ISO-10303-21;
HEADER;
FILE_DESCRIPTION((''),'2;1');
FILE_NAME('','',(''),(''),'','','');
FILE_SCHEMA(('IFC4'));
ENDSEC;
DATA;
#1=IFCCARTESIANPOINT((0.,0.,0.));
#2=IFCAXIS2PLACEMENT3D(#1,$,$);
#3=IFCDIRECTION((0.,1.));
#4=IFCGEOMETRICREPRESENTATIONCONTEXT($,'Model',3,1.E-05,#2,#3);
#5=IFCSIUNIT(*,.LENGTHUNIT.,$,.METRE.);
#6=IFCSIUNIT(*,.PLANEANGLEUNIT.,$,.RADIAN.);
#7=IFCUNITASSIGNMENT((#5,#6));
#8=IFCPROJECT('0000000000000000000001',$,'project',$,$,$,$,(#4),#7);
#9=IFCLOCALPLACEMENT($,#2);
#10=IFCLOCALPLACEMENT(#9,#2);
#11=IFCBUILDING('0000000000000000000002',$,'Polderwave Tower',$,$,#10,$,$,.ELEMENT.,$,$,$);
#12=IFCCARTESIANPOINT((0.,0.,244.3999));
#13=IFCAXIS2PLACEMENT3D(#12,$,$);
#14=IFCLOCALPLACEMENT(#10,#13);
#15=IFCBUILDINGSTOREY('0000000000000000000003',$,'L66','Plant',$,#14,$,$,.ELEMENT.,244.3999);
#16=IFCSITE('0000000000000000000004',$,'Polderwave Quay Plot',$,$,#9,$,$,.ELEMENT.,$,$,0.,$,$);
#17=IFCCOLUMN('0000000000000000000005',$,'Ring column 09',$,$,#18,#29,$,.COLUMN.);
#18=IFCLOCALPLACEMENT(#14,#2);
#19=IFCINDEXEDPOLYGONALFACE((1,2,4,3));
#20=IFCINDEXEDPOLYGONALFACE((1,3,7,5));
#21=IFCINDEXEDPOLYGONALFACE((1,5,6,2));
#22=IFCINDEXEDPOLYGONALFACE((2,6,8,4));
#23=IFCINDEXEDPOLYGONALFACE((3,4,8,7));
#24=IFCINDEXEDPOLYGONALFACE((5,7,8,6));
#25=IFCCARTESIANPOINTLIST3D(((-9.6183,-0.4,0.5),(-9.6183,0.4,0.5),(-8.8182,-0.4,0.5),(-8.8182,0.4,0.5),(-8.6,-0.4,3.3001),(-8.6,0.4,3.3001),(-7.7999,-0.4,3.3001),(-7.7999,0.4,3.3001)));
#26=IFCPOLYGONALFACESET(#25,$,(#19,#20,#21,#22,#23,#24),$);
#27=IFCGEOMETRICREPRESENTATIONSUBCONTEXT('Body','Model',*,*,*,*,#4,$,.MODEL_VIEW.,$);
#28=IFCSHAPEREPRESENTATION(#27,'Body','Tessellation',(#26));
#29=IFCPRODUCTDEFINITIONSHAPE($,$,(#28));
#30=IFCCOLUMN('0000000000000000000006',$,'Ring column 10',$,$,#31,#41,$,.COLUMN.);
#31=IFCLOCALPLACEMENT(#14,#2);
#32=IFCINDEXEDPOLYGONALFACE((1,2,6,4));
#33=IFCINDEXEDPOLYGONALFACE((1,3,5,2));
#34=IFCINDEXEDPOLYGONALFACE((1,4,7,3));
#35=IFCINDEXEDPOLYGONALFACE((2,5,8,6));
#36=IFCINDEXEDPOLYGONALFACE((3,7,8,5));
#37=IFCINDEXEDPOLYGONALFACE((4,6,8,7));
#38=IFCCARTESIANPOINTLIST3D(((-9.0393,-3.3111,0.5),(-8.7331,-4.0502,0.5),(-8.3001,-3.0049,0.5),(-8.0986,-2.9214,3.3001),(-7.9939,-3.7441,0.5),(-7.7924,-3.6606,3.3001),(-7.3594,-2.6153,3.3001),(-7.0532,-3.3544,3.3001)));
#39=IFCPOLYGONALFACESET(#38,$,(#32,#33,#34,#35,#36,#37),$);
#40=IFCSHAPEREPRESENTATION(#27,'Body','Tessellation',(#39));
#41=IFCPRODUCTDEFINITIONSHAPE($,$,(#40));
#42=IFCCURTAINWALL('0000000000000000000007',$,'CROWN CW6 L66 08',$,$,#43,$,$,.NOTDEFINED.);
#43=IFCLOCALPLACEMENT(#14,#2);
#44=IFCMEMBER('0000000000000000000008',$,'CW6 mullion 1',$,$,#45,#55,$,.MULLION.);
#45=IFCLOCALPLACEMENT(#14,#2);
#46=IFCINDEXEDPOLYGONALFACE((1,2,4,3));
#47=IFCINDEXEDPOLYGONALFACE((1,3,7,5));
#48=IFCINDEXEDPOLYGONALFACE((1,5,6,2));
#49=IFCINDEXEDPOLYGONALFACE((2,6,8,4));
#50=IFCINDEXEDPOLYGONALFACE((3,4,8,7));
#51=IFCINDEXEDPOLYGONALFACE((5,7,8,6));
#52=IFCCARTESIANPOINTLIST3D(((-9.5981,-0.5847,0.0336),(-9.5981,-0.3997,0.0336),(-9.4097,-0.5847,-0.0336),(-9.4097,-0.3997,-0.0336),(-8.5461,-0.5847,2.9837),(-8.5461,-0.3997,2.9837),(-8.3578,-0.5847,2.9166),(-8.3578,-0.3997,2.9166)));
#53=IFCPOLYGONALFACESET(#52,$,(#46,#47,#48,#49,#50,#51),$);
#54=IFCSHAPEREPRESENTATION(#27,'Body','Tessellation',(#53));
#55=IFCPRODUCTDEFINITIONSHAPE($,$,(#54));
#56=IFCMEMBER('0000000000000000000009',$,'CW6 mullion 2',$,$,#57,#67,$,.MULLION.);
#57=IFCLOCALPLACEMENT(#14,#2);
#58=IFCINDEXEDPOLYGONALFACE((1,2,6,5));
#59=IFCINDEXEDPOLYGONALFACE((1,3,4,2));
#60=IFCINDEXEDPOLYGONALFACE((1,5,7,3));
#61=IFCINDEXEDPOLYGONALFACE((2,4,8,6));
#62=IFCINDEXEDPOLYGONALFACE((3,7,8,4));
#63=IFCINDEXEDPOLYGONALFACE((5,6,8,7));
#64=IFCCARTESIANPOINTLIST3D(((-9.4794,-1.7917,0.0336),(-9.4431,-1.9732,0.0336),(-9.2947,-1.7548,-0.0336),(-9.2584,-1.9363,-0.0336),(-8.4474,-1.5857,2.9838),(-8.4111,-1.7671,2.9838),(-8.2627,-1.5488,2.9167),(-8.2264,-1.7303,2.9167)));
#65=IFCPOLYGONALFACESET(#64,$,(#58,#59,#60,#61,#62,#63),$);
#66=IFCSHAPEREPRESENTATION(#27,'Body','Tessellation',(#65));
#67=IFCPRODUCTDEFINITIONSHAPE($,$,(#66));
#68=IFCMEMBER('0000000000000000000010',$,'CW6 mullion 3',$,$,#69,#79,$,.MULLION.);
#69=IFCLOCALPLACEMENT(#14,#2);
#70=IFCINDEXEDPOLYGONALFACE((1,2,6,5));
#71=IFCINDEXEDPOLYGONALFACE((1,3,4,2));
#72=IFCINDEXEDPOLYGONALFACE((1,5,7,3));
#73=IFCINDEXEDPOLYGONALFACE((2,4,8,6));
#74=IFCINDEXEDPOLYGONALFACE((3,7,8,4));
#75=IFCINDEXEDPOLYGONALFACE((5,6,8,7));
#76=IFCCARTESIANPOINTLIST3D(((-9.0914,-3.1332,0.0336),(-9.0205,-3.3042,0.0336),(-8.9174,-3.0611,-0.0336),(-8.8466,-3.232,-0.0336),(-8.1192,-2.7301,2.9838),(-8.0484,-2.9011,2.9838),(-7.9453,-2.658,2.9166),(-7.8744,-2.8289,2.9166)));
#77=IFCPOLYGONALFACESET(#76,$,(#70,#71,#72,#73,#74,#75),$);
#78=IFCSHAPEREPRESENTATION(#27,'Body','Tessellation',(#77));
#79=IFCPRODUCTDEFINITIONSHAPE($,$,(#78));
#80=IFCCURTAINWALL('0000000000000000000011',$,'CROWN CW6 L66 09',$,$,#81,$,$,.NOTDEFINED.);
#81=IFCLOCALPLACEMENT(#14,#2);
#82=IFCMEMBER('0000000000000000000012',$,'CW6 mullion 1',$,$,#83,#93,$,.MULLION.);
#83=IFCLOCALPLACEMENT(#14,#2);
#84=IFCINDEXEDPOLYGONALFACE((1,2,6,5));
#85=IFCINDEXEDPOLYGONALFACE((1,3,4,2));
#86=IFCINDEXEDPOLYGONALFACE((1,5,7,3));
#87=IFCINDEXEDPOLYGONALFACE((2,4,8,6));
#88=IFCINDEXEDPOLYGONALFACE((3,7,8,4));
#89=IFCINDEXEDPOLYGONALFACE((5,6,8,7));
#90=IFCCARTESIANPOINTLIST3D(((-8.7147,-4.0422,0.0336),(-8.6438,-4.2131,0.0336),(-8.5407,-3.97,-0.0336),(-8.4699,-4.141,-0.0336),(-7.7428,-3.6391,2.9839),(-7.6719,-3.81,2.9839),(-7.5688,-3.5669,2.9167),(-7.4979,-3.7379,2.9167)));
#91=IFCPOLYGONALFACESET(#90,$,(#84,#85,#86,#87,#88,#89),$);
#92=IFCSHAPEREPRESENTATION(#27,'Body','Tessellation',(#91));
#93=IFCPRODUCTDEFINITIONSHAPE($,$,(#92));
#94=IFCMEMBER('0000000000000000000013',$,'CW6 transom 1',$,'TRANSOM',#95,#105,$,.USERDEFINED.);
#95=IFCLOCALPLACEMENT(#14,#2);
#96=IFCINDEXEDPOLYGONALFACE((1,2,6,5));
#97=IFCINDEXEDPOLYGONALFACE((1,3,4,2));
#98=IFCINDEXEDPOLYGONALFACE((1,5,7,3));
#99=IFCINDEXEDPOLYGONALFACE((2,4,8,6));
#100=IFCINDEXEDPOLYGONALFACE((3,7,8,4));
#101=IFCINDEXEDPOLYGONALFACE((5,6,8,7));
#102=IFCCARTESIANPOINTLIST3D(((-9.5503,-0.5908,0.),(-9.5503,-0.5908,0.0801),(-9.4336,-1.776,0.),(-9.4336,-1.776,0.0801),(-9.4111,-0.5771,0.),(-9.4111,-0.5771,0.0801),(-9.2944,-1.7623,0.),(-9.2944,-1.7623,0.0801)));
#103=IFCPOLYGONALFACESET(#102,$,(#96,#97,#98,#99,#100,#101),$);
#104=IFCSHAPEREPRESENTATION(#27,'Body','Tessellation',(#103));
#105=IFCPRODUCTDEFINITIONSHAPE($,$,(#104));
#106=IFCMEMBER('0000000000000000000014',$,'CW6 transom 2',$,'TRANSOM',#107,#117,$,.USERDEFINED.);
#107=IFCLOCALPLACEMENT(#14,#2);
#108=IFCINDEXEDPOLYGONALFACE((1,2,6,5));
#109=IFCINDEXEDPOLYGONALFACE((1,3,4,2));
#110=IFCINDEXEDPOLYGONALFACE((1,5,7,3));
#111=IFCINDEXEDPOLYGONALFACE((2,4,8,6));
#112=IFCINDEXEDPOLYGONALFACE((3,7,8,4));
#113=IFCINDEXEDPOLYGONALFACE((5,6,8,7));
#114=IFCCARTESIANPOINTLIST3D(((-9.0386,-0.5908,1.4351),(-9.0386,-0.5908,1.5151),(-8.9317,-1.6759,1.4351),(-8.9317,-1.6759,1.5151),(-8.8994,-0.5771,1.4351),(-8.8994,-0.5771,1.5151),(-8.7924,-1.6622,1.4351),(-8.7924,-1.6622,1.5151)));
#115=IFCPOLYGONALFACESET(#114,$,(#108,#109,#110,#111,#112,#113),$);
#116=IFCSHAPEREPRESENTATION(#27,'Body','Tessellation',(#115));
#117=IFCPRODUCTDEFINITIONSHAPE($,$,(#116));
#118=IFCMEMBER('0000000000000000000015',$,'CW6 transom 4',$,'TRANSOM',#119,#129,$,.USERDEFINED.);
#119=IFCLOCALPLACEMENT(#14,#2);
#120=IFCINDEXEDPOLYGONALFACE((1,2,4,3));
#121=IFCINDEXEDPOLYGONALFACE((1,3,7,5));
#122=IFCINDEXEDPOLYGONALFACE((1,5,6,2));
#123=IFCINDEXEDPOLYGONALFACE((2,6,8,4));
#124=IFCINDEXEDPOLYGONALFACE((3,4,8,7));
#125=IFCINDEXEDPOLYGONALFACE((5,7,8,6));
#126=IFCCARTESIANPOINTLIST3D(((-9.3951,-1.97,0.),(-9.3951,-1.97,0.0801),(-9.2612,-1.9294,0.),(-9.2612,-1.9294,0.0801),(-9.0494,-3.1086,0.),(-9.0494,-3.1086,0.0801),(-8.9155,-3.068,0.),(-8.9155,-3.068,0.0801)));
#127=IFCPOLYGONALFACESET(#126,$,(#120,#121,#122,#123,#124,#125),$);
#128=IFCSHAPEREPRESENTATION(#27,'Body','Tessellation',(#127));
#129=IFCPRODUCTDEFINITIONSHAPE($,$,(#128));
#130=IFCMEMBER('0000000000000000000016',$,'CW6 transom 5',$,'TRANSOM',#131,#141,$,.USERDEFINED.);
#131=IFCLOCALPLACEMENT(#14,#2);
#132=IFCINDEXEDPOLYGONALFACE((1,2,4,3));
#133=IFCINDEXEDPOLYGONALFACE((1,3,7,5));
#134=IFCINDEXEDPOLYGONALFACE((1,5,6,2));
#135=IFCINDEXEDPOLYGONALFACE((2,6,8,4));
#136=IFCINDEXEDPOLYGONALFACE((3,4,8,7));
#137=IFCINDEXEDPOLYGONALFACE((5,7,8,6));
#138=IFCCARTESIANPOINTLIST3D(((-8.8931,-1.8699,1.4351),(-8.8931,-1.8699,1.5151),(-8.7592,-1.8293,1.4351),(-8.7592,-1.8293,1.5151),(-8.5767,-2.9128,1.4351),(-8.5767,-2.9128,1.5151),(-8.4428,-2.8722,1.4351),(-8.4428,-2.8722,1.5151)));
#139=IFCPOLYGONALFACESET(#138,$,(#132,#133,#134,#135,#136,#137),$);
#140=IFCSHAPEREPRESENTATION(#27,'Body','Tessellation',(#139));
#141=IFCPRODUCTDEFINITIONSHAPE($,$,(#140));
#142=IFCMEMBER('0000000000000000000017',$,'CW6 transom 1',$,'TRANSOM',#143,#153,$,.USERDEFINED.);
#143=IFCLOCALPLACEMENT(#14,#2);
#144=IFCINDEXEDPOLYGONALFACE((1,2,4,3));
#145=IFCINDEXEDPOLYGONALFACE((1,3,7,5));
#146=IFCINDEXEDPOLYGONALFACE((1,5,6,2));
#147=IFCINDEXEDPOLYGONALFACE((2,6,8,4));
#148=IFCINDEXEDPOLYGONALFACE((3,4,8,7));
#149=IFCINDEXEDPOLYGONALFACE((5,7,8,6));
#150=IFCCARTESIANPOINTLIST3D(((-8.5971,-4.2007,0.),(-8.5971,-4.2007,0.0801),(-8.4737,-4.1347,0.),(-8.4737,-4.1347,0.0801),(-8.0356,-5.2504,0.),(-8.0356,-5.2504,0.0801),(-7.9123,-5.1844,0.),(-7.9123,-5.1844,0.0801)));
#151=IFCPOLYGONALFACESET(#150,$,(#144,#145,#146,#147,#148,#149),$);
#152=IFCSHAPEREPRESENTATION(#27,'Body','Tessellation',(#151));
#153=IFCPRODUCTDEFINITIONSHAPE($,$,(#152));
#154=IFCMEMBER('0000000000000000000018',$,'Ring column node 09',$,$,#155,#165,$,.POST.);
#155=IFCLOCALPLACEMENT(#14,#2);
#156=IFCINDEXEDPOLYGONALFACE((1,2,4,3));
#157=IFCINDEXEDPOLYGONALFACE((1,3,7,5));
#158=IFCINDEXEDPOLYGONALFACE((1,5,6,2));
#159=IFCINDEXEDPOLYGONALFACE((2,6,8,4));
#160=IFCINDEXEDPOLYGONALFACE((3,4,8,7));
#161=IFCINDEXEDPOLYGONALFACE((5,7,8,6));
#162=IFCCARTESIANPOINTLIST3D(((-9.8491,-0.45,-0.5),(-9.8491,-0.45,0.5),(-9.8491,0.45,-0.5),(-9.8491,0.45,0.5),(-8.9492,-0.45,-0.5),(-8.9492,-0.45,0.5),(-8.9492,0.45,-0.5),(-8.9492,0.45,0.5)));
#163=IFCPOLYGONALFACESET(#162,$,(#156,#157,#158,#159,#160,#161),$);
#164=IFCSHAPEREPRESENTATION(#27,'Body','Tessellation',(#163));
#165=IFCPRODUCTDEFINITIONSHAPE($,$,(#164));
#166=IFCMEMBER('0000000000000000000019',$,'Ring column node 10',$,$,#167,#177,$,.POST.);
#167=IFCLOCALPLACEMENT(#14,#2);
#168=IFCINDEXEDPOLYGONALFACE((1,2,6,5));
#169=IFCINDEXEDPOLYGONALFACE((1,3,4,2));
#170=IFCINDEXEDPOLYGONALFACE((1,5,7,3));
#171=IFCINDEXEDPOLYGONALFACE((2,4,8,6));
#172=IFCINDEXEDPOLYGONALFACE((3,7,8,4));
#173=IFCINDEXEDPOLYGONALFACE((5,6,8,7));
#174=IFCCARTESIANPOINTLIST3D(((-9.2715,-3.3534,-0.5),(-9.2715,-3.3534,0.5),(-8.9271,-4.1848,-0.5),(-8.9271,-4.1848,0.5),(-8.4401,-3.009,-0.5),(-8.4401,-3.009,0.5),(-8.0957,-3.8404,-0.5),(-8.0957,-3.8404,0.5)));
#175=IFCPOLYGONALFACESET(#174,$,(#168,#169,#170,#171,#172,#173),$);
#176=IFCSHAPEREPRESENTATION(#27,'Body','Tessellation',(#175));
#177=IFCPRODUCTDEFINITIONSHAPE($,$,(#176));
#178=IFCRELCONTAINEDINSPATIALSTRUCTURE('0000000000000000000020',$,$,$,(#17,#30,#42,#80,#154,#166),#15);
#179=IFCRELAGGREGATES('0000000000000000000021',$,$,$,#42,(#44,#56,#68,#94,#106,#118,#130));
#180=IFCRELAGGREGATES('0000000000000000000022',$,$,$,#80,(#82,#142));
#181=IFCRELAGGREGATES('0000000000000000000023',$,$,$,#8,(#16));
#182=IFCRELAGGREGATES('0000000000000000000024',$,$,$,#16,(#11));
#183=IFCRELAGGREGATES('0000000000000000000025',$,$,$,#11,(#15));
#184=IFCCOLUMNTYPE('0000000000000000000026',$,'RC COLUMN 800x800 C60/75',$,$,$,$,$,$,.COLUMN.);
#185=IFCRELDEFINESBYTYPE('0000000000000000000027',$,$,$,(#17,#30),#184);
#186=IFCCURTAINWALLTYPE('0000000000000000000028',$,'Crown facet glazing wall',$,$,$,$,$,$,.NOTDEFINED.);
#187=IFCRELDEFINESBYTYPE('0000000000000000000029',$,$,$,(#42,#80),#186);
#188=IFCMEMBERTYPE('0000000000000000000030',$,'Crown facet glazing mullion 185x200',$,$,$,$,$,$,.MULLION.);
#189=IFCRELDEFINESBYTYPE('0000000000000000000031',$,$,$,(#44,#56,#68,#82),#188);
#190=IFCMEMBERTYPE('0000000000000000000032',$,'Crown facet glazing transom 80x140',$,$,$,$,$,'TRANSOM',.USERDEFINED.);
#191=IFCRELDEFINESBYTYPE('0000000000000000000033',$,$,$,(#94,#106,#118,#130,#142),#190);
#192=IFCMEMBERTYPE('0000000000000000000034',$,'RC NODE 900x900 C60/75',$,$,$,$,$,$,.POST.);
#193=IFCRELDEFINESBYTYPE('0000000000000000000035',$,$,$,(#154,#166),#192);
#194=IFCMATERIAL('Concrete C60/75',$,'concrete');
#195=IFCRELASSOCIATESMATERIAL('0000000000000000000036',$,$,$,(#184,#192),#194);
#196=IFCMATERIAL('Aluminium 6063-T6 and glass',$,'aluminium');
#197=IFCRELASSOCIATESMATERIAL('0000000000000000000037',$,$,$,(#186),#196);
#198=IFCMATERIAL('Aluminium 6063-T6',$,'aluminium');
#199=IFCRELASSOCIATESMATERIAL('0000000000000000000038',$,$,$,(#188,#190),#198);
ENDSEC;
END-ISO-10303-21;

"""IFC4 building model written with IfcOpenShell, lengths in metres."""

from ifc_helpers import new_model, si_unit, direction, frame, origin, origin_2d, place, context, subcontext, project, spatial, rectangle, extrude, material, material_profile, profile_set, type_object, element, aggregate, save


model = new_model("IFC4")

# Units and contexts
model_context = context("Model", 3, precision=1e-05, world=origin(), true_north=direction((0.0, 1.0)))
body_context = subcontext(model_context, "Body", "Model", "MODEL_VIEW")
ifc_project = project(units=[si_unit("LENGTHUNIT", "METRE"), si_unit("PLANEANGLEUNIT", "RADIAN")], contexts=[model_context])

# Site, building, storey
site_placement = place(None, origin())
site = spatial("IfcSite", under=ifc_project, at=site_placement, Name="Polderwave Quay Plot", CompositionType="ELEMENT", RefElevation=0.0)
building_placement = place(site_placement, origin())
building = spatial("IfcBuilding", under=site, at=building_placement, Name="Polderwave Tower", CompositionType="ELEMENT")
storey_placement = place(building_placement, frame((0.0, 0.0, 244.3999)))
storey = spatial("IfcBuildingStorey", under=building, at=storey_placement, Name="L66", Description="Plant", CompositionType="ELEMENT", Elevation=244.3999)

# Columns
ifc_material_1 = material(Name="Concrete C60/75", Category="concrete")
ifc_material_profile_1 = material_profile(ifc_material_1, rectangle(XDim=0.8, YDim=0.8, at=origin_2d()), Name="RC 800x800")
ifc_profile_set_1 = profile_set([ifc_material_profile_1], Name="Concrete C60/75")
column_type = type_object("IfcColumnType", Name="RC COLUMN 800x800 C60/75", PredefinedType="COLUMN", material=ifc_profile_set_1)
column_1_placement = place(storey_placement, frame((-9.2183, 0.0, 0.5), z_axis=(0.0, 0.0, 1.0), x_axis=(0.0, 1.0, 0.0)))
element("IfcColumn", 1, at=column_1_placement, inside=storey, type_object=column_type, Name="Ring column 09", PredefinedType="COLUMN", context=body_context, shape_type="SweptSolid", body=[
    extrude(rectangle(XDim=0.8, YDim=0.8, at=origin_2d()), origin(), (0.0, -0.341776, 0.939781), 2.9795),
])
column_2_placement = place(storey_placement, frame((-8.5166, -3.5276, 0.5), z_axis=(0.0, 0.0, 1.0), x_axis=(-0.382691, 0.923877, 0.0)))
element("IfcColumn", 2, at=column_2_placement, inside=storey, type_object=column_type, Name="Ring column 10", PredefinedType="COLUMN", context=body_context, shape_type="SweptSolid", body=[
    extrude(rectangle(XDim=0.8, YDim=0.8, at=origin_2d()), origin(), (0.0, -0.341738, 0.939795), 2.9795),
])

# Curtain wall, members
ifc_material_2 = material(Name="Aluminium 6063-T6 and glass", Category="aluminium")
curtain_wall_type = type_object("IfcCurtainWallType", Name="Crown facet glazing wall", PredefinedType="NOTDEFINED", material=ifc_material_2)
curtain_wall_1_placement = place(storey_placement, origin())
curtain_wall_1 = element("IfcCurtainWall", 3, at=curtain_wall_1_placement, inside=storey, type_object=curtain_wall_type, Name="CROWN CW6 L66 08", PredefinedType="NOTDEFINED")
ifc_material_3 = material(Name="Aluminium 6063-T6", Category="aluminium")
ifc_material_profile_2 = material_profile(ifc_material_3, rectangle(XDim=0.1851, YDim=0.2, at=origin_2d()), Name="AL 185x200")
ifc_profile_set_2 = profile_set([ifc_material_profile_2], Name="Aluminium 6063-T6")
member_type_1 = type_object("IfcMemberType", Name="Crown facet glazing mullion 185x200", PredefinedType="MULLION", material=ifc_profile_set_2)
member_1_placement = place(storey_placement, frame((-9.5039, -0.4922, 0.0), z_axis=(0.335872, 0.0, 0.941908), x_axis=(0.0, 1.0, 0.0)))
member_1 = element("IfcMember", 4, at=member_1_placement, type_object=member_type_1, Name="CW6 mullion 1", PredefinedType="MULLION", context=body_context, shape_type="SweptSolid", body=[
    extrude(rectangle(XDim=0.1851, YDim=0.2, at=origin_2d()), origin(), (0.0, 0.0, 1.0), 3.1321),
])
member_2_placement = place(storey_placement, frame((-9.3689, -1.864, 0.0), z_axis=(0.329468, 0.065785, 0.941872), x_axis=(-0.195804, 0.980643, 0.0)))
member_2 = element("IfcMember", 5, at=member_2_placement, type_object=member_type_1, Name="CW6 mullion 2", PredefinedType="MULLION", context=body_context, shape_type="SweptSolid", body=[
    extrude(rectangle(XDim=0.1851, YDim=0.2, at=origin_2d()), origin(), (0.0, 0.0, 1.0), 3.1323),
])
member_3_placement = place(storey_placement, frame((-8.969, -3.1826, 0.0), z_axis=(0.31037, 0.128684, 0.941866), x_axis=(-0.383001, 0.923748, 0.0)))
member_3 = element("IfcMember", 6, at=member_3_placement, type_object=member_type_1, Name="CW6 mullion 3", PredefinedType="MULLION", context=body_context, shape_type="SweptSolid", body=[
    extrude(rectangle(XDim=0.1851, YDim=0.2, at=origin_2d()), origin(), (0.0, 0.0, 1.0), 3.1323),
])

# Curtain wall, member
curtain_wall_2_placement = place(storey_placement, origin())
curtain_wall_2 = element("IfcCurtainWall", 7, at=curtain_wall_2_placement, inside=storey, type_object=curtain_wall_type, Name="CROWN CW6 L66 09", PredefinedType="NOTDEFINED")
member_4_placement = place(storey_placement, frame((-8.5923, -4.0916, 0.0), z_axis=(0.310299, 0.128687, 0.941888), x_axis=(-0.383083, 0.923714, 0.0)))
member_4 = element("IfcMember", 8, at=member_4_placement, type_object=member_type_1, Name="CW6 mullion 1", PredefinedType="MULLION", context=body_context, shape_type="SweptSolid", body=[
    extrude(rectangle(XDim=0.1851, YDim=0.2, at=origin_2d()), origin(), (0.0, 0.0, 1.0), 3.1323),
])

# Members
ifc_material_profile_3 = material_profile(ifc_material_3, rectangle(XDim=0.1399, YDim=0.0801, at=origin_2d()), Name="AL 80x140")
ifc_profile_set_3 = profile_set([ifc_material_profile_3], Name="Aluminium 6063-T6")
member_type_2 = type_object("IfcMemberType", Name="Crown facet glazing transom 80x140", ElementType="TRANSOM", PredefinedType="USERDEFINED", material=ifc_profile_set_3)
member_5_placement = place(storey_placement, frame((-9.4807, -0.584, 0.04), z_axis=(0.097981, -0.995188, 0.0), x_axis=(0.995188, 0.097981, 0.0)))
member_5 = element("IfcMember", 9, at=member_5_placement, type_object=member_type_2, Name="CW6 transom 1", ObjectType="TRANSOM", PredefinedType="USERDEFINED", context=body_context, shape_type="SweptSolid", body=[
    extrude(rectangle(XDim=0.1399, YDim=0.0801, at=origin_2d()), origin(), (0.0, 0.0, 1.0), 1.1909),
])
member_6_placement = place(storey_placement, frame((-8.969, -0.584, 1.4751), z_axis=(0.098085, -0.995178, 0.0), x_axis=(0.995178, 0.098085, 0.0)))
member_6 = element("IfcMember", 10, at=member_6_placement, type_object=member_type_2, Name="CW6 transom 2", ObjectType="TRANSOM", PredefinedType="USERDEFINED", context=body_context, shape_type="SweptSolid", body=[
    extrude(rectangle(XDim=0.1399, YDim=0.0801, at=origin_2d()), origin(), (0.0, 0.0, 1.0), 1.0903),
])
member_7_placement = place(storey_placement, frame((-9.3281, -1.9497, 0.04), z_axis=(0.290508, -0.956872, 0.0), x_axis=(0.956872, 0.290508, 0.0)))
member_7 = element("IfcMember", 11, at=member_7_placement, type_object=member_type_2, Name="CW6 transom 4", ObjectType="TRANSOM", PredefinedType="USERDEFINED", context=body_context, shape_type="SweptSolid", body=[
    extrude(rectangle(XDim=0.1399, YDim=0.0801, at=origin_2d()), origin(), (0.0, 0.0, 1.0), 1.1899),
])
member_8_placement = place(storey_placement, frame((-8.8262, -1.8496, 1.4751), z_axis=(0.290306, -0.956934, 0.0), x_axis=(0.956934, 0.290306, 0.0)))
member_8 = element("IfcMember", 12, at=member_8_placement, type_object=member_type_2, Name="CW6 transom 5", ObjectType="TRANSOM", PredefinedType="USERDEFINED", context=body_context, shape_type="SweptSolid", body=[
    extrude(rectangle(XDim=0.1399, YDim=0.0801, at=origin_2d()), origin(), (0.0, 0.0, 1.0), 1.0898),
])
member_9_placement = place(storey_placement, frame((-8.5354, -4.1677, 0.04), z_axis=(0.471652, -0.881785, 0.0), x_axis=(0.881785, 0.471652, 0.0)))
member_9 = element("IfcMember", 13, at=member_9_placement, type_object=member_type_2, Name="CW6 transom 1", ObjectType="TRANSOM", PredefinedType="USERDEFINED", context=body_context, shape_type="SweptSolid", body=[
    extrude(rectangle(XDim=0.1399, YDim=0.0801, at=origin_2d()), origin(), (0.0, 0.0, 1.0), 1.1904),
])

# Members
ifc_material_profile_4 = material_profile(ifc_material_1, rectangle(XDim=0.8999, YDim=0.8999, at=origin_2d()), Name="RC 900x900")
ifc_profile_set_4 = profile_set([ifc_material_profile_4], Name="Concrete C60/75")
member_type_3 = type_object("IfcMemberType", Name="RC NODE 900x900 C60/75", PredefinedType="POST", material=ifc_profile_set_4)
for number, where, z_axis, x_axis, name in (
    (14, (-9.3992, 0.0, -0.5), (0.0, 0.0, 1.0), (-1.0, 0.0, 0.0), "Ring column node 09"),
    (15, (-8.6836, -3.5969, -0.5), (0.0, 0.0, 1.0), (-0.92388, -0.382683, 0.0), "Ring column node 10"),
):
    element("IfcMember", number, at=place(storey_placement, frame(where, z_axis=z_axis, x_axis=x_axis)), inside=storey, type_object=member_type_3, Name=name, PredefinedType="POST", context=body_context, shape_type="SweptSolid", body=[
        extrude(rectangle(XDim=0.8999, YDim=0.8999, at=origin_2d()), origin(), (0.0, 0.0, 1.0), 1.0),
    ])

aggregate(curtain_wall_1, [member_1, member_2, member_3, member_5, member_6, member_7, member_8])
aggregate(curtain_wall_2, [member_4, member_9])

save(model, "model.ifc")
